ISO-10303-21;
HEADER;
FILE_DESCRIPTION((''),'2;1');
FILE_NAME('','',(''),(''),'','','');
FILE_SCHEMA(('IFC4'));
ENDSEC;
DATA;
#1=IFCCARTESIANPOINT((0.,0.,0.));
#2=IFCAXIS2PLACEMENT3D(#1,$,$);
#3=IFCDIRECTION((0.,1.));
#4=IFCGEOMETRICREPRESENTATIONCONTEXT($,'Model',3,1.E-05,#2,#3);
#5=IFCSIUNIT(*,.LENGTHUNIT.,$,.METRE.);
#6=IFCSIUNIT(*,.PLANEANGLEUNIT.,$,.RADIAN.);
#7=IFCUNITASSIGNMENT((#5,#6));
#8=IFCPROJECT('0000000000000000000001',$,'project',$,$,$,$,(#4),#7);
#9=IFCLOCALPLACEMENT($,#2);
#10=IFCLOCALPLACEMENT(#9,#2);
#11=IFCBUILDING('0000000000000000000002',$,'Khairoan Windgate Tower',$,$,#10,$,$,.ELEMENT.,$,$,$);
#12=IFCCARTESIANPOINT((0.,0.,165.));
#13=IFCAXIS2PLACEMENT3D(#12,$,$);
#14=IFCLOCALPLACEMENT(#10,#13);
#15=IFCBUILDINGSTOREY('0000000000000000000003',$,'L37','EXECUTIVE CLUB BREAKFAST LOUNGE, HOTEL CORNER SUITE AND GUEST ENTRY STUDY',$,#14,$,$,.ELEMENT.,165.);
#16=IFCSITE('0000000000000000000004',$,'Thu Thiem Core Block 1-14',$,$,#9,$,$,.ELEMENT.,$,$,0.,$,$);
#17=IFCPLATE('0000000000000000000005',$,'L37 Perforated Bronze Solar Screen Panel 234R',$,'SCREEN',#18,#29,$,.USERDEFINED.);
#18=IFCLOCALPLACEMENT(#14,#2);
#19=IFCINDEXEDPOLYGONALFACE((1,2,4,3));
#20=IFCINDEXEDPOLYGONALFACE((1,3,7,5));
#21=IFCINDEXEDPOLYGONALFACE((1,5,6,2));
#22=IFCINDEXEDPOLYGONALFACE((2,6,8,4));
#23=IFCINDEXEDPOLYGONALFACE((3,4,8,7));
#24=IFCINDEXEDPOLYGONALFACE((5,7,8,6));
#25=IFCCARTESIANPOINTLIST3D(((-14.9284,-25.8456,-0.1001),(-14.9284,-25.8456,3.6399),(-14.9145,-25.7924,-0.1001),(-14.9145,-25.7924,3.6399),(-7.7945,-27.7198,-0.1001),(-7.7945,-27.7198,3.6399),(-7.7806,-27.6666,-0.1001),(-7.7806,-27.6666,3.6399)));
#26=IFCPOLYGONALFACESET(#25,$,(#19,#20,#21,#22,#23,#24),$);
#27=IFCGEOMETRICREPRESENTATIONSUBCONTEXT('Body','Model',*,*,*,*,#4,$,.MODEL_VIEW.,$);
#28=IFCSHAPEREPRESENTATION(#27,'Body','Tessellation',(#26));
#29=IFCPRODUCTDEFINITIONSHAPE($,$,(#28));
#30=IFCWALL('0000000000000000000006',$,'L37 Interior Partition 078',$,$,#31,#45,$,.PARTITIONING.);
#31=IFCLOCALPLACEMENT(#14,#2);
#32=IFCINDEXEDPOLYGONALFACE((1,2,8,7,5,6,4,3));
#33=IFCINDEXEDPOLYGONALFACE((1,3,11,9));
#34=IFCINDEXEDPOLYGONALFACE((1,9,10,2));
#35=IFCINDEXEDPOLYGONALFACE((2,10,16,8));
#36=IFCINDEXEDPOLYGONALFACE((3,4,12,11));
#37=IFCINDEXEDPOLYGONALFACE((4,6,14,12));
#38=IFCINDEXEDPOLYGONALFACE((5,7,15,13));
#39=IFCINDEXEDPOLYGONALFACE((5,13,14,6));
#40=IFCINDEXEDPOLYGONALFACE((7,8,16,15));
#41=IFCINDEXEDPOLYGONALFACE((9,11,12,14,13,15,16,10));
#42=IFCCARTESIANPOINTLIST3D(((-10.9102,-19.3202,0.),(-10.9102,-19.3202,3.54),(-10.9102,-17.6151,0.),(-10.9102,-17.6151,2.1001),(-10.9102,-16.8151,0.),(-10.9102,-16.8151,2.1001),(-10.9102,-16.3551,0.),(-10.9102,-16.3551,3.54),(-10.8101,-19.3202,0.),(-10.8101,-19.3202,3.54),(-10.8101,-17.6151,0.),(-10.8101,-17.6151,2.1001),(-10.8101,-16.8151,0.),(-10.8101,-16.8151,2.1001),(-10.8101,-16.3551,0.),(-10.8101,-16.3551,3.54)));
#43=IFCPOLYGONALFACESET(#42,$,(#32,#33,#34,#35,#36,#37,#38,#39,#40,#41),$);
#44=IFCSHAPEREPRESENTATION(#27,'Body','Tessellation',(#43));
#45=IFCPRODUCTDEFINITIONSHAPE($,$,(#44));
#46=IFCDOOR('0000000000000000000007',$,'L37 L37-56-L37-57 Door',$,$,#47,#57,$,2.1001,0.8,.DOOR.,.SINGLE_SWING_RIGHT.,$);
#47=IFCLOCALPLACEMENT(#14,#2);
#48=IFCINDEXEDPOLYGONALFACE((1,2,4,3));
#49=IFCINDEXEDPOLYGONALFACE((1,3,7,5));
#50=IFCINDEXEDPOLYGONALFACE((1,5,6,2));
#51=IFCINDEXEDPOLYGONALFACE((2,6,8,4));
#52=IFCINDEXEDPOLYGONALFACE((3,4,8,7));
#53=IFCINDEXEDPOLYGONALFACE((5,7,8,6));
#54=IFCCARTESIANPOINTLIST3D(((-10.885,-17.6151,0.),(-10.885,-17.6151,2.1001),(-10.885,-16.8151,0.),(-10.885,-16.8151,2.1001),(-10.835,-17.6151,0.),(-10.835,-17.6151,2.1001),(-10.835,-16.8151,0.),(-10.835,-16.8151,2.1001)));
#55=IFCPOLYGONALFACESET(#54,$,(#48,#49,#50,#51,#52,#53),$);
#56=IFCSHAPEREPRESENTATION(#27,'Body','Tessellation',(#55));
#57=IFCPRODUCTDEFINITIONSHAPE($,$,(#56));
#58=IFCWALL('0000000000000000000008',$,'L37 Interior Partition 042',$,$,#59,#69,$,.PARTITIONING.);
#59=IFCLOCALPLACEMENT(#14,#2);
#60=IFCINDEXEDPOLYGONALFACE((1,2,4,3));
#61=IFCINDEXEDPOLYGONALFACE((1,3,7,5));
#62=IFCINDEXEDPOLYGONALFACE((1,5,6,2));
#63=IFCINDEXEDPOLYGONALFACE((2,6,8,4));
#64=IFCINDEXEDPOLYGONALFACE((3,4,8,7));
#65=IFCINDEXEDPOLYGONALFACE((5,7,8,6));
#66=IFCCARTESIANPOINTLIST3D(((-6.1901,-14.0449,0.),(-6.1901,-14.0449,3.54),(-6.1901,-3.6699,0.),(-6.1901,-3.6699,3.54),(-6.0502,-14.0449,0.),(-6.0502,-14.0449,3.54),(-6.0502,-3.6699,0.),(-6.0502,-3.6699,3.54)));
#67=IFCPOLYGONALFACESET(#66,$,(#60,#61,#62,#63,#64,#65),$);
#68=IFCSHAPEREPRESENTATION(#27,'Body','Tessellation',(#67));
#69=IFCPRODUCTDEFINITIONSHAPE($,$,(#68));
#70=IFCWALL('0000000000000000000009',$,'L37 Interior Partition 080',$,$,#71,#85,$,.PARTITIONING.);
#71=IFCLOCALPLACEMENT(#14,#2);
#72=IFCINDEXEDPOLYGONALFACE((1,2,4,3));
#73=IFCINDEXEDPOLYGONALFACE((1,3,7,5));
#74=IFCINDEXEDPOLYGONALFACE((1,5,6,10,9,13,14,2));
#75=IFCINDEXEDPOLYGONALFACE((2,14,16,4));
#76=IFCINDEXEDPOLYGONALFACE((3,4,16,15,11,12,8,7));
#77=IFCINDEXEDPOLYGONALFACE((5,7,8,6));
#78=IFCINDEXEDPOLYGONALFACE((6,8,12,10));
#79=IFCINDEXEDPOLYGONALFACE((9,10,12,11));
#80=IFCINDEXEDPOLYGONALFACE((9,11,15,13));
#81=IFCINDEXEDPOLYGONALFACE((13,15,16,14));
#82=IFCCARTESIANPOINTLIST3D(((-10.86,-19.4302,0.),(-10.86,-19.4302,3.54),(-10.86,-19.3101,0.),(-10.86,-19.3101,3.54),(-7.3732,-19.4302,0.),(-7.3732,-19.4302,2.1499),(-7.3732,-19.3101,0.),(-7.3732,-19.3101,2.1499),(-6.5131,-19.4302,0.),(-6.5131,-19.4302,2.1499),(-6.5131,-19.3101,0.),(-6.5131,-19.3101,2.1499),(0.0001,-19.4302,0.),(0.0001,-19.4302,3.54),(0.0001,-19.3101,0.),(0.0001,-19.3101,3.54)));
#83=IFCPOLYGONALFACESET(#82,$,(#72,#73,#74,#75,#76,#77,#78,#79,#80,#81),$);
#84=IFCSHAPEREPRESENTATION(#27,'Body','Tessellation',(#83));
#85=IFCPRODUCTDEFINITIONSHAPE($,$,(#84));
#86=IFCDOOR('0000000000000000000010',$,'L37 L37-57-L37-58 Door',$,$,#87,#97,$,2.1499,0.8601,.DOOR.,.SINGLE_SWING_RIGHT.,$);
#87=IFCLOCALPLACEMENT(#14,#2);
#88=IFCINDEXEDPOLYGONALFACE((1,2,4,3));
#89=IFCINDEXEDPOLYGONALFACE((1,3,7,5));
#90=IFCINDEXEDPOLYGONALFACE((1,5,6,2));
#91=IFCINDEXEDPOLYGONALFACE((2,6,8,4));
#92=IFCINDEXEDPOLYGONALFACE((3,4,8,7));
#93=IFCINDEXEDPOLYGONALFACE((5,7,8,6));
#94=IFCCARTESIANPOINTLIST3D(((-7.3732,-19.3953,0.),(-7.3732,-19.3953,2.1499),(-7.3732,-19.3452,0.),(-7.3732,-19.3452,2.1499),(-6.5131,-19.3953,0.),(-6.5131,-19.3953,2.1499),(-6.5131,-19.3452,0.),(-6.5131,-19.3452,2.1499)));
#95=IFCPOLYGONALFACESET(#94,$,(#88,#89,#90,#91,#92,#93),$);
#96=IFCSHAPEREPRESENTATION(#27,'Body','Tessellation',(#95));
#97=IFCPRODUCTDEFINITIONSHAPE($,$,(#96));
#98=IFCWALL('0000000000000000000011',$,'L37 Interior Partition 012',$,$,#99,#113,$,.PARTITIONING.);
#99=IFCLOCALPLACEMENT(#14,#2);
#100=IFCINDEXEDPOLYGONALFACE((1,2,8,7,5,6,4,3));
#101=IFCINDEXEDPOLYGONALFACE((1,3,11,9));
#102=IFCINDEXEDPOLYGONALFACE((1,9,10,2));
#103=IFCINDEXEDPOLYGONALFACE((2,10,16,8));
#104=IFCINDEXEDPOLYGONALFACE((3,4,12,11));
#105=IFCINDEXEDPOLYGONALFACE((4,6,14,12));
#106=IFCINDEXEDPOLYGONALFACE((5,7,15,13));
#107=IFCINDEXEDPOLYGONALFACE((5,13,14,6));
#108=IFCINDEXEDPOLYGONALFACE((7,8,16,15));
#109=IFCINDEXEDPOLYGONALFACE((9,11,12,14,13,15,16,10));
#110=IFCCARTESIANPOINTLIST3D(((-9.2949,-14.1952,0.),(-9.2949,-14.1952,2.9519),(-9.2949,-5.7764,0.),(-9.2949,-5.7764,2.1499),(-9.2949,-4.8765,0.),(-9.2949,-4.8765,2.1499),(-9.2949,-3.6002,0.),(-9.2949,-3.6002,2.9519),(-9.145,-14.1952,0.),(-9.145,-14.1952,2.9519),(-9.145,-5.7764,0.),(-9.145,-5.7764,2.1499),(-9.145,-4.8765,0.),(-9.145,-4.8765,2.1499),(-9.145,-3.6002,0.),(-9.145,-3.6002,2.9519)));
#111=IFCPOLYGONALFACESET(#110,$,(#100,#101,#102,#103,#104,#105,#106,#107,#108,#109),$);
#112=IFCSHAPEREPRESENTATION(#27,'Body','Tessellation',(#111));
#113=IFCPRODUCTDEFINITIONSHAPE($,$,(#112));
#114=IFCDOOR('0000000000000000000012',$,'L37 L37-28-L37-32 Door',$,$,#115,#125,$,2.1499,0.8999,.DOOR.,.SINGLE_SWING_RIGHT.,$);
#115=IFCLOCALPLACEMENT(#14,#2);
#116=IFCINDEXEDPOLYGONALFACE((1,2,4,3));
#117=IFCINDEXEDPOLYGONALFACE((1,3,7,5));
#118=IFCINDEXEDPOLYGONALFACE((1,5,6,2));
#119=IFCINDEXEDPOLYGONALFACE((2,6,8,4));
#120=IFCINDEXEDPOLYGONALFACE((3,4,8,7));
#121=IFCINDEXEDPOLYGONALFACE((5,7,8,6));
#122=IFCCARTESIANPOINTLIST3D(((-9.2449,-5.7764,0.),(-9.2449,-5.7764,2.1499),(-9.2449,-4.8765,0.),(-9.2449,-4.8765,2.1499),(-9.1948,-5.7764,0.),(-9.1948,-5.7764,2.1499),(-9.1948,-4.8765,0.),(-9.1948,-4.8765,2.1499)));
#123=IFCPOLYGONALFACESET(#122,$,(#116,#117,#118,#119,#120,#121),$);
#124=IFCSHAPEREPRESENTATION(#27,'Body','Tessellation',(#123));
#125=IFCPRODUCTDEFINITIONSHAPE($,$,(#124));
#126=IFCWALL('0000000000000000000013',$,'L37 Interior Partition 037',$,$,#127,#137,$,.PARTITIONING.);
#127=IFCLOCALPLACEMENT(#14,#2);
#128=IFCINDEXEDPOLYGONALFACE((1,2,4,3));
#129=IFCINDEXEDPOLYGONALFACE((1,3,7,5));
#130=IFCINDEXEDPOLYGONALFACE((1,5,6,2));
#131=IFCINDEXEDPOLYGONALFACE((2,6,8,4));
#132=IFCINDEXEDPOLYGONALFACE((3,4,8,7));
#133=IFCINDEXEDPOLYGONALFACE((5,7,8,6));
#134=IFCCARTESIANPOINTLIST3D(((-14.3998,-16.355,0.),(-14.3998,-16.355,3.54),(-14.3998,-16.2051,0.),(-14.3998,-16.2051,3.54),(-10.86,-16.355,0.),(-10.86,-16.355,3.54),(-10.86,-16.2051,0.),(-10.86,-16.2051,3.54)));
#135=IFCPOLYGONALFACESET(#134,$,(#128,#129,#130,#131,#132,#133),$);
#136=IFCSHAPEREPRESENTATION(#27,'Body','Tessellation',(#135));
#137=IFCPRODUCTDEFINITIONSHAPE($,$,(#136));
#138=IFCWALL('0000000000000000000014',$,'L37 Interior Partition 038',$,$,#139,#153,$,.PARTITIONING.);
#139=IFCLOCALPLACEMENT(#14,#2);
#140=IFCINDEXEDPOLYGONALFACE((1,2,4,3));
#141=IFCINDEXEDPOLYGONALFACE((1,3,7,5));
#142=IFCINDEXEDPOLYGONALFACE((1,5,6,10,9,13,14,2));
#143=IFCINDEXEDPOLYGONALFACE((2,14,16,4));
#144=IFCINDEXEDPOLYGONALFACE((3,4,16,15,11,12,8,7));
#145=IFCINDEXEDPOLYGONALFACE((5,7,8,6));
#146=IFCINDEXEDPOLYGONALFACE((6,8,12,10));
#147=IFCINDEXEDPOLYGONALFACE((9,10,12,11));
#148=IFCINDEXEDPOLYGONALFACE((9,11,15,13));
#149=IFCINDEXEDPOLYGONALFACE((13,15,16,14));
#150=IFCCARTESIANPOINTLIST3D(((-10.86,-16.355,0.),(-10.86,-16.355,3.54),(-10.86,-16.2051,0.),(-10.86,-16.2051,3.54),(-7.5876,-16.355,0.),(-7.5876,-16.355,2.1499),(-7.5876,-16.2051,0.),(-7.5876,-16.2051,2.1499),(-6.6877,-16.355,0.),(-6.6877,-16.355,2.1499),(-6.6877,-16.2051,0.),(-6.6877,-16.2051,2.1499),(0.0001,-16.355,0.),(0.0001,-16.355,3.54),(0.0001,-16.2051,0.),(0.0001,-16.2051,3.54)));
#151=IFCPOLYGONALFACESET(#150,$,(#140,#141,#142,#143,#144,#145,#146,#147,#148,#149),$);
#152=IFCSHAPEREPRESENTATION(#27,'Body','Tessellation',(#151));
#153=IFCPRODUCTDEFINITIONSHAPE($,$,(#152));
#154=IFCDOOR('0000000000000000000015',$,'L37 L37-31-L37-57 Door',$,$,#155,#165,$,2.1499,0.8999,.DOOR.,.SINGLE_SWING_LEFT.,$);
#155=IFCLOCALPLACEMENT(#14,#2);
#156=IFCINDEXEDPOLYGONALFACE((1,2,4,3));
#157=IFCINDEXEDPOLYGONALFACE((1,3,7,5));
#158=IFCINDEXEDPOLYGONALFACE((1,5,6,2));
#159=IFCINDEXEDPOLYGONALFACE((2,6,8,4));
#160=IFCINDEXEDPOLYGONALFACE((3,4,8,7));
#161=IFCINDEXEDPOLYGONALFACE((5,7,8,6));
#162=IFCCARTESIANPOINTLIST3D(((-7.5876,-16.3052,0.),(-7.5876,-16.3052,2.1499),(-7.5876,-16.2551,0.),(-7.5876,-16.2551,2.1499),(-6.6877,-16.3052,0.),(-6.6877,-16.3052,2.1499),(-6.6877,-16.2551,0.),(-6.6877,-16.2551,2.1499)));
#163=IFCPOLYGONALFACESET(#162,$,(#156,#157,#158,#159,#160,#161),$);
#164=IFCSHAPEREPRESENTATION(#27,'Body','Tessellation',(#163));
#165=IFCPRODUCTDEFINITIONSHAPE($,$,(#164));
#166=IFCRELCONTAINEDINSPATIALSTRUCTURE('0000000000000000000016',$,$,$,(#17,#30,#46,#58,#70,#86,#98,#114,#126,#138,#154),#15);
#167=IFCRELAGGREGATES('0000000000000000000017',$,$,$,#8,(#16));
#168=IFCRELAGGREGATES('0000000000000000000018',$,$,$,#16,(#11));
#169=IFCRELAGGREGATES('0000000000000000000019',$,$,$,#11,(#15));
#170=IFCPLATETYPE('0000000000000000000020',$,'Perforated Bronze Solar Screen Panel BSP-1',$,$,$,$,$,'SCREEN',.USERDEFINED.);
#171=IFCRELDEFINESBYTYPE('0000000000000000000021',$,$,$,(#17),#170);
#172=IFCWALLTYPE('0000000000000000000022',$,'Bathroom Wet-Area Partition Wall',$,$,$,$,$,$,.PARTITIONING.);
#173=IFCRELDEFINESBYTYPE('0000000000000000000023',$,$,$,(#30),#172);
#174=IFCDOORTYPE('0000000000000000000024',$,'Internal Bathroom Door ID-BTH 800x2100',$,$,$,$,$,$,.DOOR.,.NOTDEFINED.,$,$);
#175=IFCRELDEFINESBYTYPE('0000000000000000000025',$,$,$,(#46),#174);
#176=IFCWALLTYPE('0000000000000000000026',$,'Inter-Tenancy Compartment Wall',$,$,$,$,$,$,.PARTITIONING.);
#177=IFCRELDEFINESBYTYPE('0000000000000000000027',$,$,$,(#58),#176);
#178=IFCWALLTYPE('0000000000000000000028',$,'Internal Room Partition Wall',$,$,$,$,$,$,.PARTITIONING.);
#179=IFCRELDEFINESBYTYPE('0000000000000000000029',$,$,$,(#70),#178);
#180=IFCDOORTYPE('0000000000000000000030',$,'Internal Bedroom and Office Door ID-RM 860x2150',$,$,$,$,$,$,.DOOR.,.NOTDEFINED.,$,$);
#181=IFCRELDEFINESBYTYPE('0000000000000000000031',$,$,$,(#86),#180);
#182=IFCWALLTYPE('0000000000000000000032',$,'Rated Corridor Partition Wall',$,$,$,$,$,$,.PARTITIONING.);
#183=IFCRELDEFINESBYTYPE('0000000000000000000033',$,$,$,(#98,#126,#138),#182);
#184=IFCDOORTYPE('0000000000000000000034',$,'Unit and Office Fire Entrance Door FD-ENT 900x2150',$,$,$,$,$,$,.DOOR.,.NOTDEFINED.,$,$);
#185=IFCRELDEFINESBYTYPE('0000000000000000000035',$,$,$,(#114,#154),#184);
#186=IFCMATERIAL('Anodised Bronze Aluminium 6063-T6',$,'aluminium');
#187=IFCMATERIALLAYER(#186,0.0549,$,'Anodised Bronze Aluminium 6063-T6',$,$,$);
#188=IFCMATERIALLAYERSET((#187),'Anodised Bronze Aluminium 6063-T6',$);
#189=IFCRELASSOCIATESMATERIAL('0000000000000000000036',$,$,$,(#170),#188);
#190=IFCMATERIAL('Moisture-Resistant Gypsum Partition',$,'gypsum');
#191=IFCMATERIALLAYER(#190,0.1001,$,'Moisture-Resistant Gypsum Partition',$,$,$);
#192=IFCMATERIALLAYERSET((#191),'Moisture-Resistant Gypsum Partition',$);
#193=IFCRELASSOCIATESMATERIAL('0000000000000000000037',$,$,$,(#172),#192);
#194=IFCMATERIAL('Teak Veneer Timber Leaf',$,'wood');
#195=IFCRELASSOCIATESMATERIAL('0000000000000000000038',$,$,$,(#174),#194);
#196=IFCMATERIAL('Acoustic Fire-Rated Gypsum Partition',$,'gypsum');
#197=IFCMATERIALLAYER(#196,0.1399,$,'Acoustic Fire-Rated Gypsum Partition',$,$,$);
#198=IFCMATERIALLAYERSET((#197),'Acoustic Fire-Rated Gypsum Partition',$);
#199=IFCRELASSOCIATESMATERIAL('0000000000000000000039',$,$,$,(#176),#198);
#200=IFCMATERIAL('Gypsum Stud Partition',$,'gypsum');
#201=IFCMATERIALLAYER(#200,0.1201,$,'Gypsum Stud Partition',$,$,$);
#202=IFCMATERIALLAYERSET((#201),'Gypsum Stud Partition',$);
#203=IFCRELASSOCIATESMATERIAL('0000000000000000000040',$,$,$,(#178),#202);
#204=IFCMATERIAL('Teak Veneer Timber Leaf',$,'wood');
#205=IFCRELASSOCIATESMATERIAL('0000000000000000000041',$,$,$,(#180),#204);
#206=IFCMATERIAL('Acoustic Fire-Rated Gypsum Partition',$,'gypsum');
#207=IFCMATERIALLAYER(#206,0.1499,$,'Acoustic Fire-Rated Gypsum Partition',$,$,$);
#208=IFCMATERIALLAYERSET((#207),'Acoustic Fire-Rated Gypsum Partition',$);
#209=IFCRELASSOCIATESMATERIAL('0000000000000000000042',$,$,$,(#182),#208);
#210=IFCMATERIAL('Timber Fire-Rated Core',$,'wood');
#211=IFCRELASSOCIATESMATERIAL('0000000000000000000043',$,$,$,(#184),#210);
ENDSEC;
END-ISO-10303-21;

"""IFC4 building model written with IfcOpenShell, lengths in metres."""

from ifc_helpers import new_model, si_unit, direction, frame, frame_2d, origin, origin_2d, place, context, subcontext, project, spatial, rectangle, extrude, material, layer, layer_set, type_object, element, fill, save


model = new_model("IFC4")

# Units and contexts
model_context = context("Model", 3, precision=1e-05, world=origin(), true_north=direction((0.0, 1.0)))
body_context = subcontext(model_context, "Body", "Model", "MODEL_VIEW")
ifc_project = project(units=[si_unit("LENGTHUNIT", "METRE"), si_unit("PLANEANGLEUNIT", "RADIAN")], contexts=[model_context])

# Site, building, storey
site_placement = place(None, origin())
site = spatial("IfcSite", under=ifc_project, at=site_placement, Name="Thu Thiem Core Block 1-14", CompositionType="ELEMENT", RefElevation=0.0)
building_placement = place(site_placement, origin())
building = spatial("IfcBuilding", under=site, at=building_placement, Name="Khairoan Windgate Tower", CompositionType="ELEMENT")
storey_placement = place(building_placement, frame((0.0, 0.0, 165.0)))
storey = spatial("IfcBuildingStorey", under=building, at=storey_placement, Name="L37", Description="EXECUTIVE CLUB BREAKFAST LOUNGE, HOTEL CORNER SUITE AND GUEST ENTRY STUDY", CompositionType="ELEMENT", Elevation=165.0)

# Plate
ifc_material_1 = material(Name="Anodised Bronze Aluminium 6063-T6", Category="aluminium")
ifc_layer_1 = layer(ifc_material_1, 0.0549, Name="Anodised Bronze Aluminium 6063-T6")
ifc_layer_set_1 = layer_set([ifc_layer_1], Name="Anodised Bronze Aluminium 6063-T6")
plate_type = type_object("IfcPlateType", Name="Perforated Bronze Solar Screen Panel BSP-1", ElementType="SCREEN", PredefinedType="USERDEFINED", material=ifc_layer_set_1)
plate_placement = place(storey_placement, frame((-11.3545, -26.7561, -0.1001), z_axis=(0.0, 0.0, 1.0), x_axis=(-0.967179, 0.254096, 0.0)))
element("IfcPlate", 1, at=plate_placement, inside=storey, type_object=plate_type, Name="L37 Perforated Bronze Solar Screen Panel 234R", ObjectType="SCREEN", PredefinedType="USERDEFINED", context=body_context, shape_type="SweptSolid", body=[
    extrude(rectangle(XDim=7.376, YDim=0.0549, at=origin_2d()), origin(), (0.0, 0.0, 1.0), 3.74),
])

# Wall, opening, door
ifc_material_2 = material(Name="Moisture-Resistant Gypsum Partition", Category="gypsum")
ifc_layer_2 = layer(ifc_material_2, 0.1001, Name="Moisture-Resistant Gypsum Partition")
ifc_layer_set_2 = layer_set([ifc_layer_2], Name="Moisture-Resistant Gypsum Partition")
wall_type_1 = type_object("IfcWallType", Name="Bathroom Wet-Area Partition Wall", PredefinedType="PARTITIONING", material=ifc_layer_set_2)
wall_1_placement = place(storey_placement, frame((-10.8601, -19.3201, 0.0), z_axis=(0.0, 0.0, 1.0), x_axis=(0.0, 1.0, 0.0)))
wall_1 = element("IfcWall", 2, at=wall_1_placement, inside=storey, type_object=wall_type_1, Name="L37 Interior Partition 078", PredefinedType="PARTITIONING", context=body_context, shape_type="SweptSolid", body=[
    extrude(rectangle(XDim=2.9651, YDim=0.1001, at=frame_2d((1.4824, 0.0))), origin(), (0.0, 0.0, 1.0), 3.54),
])
opening_1_placement = place(wall_1_placement, frame((1.7051, 0.0, 0.0)))
opening_1 = element("IfcOpeningElement", 3, at=opening_1_placement, cuts=wall_1, PredefinedType="OPENING", context=body_context, shape_type="SweptSolid", body=[
    extrude(rectangle(XDim=0.8, YDim=2.1001, at=frame_2d((0.3999, 1.05))), frame((0.0, 0.0601, 0.0), z_axis=(0.0, -1.0, 0.0), x_axis=(1.0, 0.0, 0.0)), (0.0, 0.0, 1.0), 0.1201),
])
ifc_material_3 = material(Name="Teak Veneer Timber Leaf", Category="wood")
door_type_1 = type_object("IfcDoorType", Name="Internal Bathroom Door ID-BTH 800x2100", OperationType="NOTDEFINED", PredefinedType="DOOR", material=ifc_material_3)
door_1_placement = place(opening_1_placement, origin())
door_1 = element("IfcDoor", 4, at=door_1_placement, inside=storey, type_object=door_type_1, Name="L37 L37-56-L37-57 Door", OperationType="SINGLE_SWING_RIGHT", OverallHeight=2.1001, OverallWidth=0.8, PredefinedType="DOOR", context=body_context, shape_type="SweptSolid", body=[
    extrude(rectangle(XDim=0.8, YDim=2.1001, at=frame_2d((0.3999, 1.05))), frame((0.0, 0.0249, 0.0), z_axis=(0.0, -1.0, 0.0), x_axis=(1.0, 0.0, 0.0)), (0.0, 0.0, 1.0), 0.05),
])
fill(opening_1, door_1)

# Wall
ifc_material_4 = material(Name="Acoustic Fire-Rated Gypsum Partition", Category="gypsum")
ifc_layer_3 = layer(ifc_material_4, 0.1399, Name="Acoustic Fire-Rated Gypsum Partition")
ifc_layer_set_3 = layer_set([ifc_layer_3], Name="Acoustic Fire-Rated Gypsum Partition")
wall_type_2 = type_object("IfcWallType", Name="Inter-Tenancy Compartment Wall", PredefinedType="PARTITIONING", material=ifc_layer_set_3)
wall_2_placement = place(storey_placement, frame((-6.1201, -14.0449, 0.0), z_axis=(0.0, 0.0, 1.0), x_axis=(0.0, 1.0, 0.0)))
element("IfcWall", 5, at=wall_2_placement, inside=storey, type_object=wall_type_2, Name="L37 Interior Partition 042", PredefinedType="PARTITIONING", context=body_context, shape_type="SweptSolid", body=[
    extrude(rectangle(XDim=10.375, YDim=0.1399, at=frame_2d((5.1875, 0.0))), origin(), (0.0, 0.0, 1.0), 3.54),
])

# Walls, openings, doors
ifc_material_5 = material(Name="Gypsum Stud Partition", Category="gypsum")
ifc_layer_4 = layer(ifc_material_5, 0.1201, Name="Gypsum Stud Partition")
ifc_layer_set_4 = layer_set([ifc_layer_4], Name="Gypsum Stud Partition")
wall_type_3 = type_object("IfcWallType", Name="Internal Room Partition Wall", PredefinedType="PARTITIONING", material=ifc_layer_set_4)
wall_3_placement = place(storey_placement, frame((-10.8601, -19.3701, 0.0), z_axis=(0.0, 0.0, 1.0), x_axis=(1.0, 0.0, 0.0)))
wall_3 = element("IfcWall", 6, at=wall_3_placement, inside=storey, type_object=wall_type_3, Name="L37 Interior Partition 080", PredefinedType="PARTITIONING", context=body_context, shape_type="SweptSolid", body=[
    extrude(rectangle(XDim=10.8601, YDim=0.1201, at=frame_2d((5.4302, 0.0))), origin(), (0.0, 0.0, 1.0), 3.54),
])
opening_2_placement = place(wall_3_placement, frame((3.4868, 0.0, 0.0)))
opening_2 = element("IfcOpeningElement", 7, at=opening_2_placement, cuts=wall_3, PredefinedType="OPENING", context=body_context, shape_type="SweptSolid", body=[
    extrude(rectangle(XDim=0.8601, YDim=2.1499, at=frame_2d((0.4302, 1.075))), frame((0.0, 0.0701, 0.0), z_axis=(0.0, -1.0, 0.0), x_axis=(1.0, 0.0, 0.0)), (0.0, 0.0, 1.0), 0.1401),
])
ifc_material_6 = material(Name="Teak Veneer Timber Leaf", Category="wood")
door_type_2 = type_object("IfcDoorType", Name="Internal Bedroom and Office Door ID-RM 860x2150", OperationType="NOTDEFINED", PredefinedType="DOOR", material=ifc_material_6)
door_2_placement = place(opening_2_placement, origin())
door_2 = element("IfcDoor", 8, at=door_2_placement, inside=storey, type_object=door_type_2, Name="L37 L37-57-L37-58 Door", OperationType="SINGLE_SWING_RIGHT", OverallHeight=2.1499, OverallWidth=0.8601, PredefinedType="DOOR", context=body_context, shape_type="SweptSolid", body=[
    extrude(rectangle(XDim=0.8601, YDim=2.1499, at=frame_2d((0.4302, 1.075))), frame((0.0, 0.0249, 0.0), z_axis=(0.0, -1.0, 0.0), x_axis=(1.0, 0.0, 0.0)), (0.0, 0.0, 1.0), 0.05),
])
fill(opening_2, door_2)
ifc_material_7 = material(Name="Acoustic Fire-Rated Gypsum Partition", Category="gypsum")
ifc_layer_5 = layer(ifc_material_7, 0.1499, Name="Acoustic Fire-Rated Gypsum Partition")
ifc_layer_set_5 = layer_set([ifc_layer_5], Name="Acoustic Fire-Rated Gypsum Partition")
wall_type_4 = type_object("IfcWallType", Name="Rated Corridor Partition Wall", PredefinedType="PARTITIONING", material=ifc_layer_set_5)
wall_4_placement = place(storey_placement, frame((-9.22, -14.1951, 0.0), z_axis=(0.0, 0.0, 1.0), x_axis=(0.0, 1.0, 0.0)))
wall_4 = element("IfcWall", 9, at=wall_4_placement, inside=storey, type_object=wall_type_4, Name="L37 Interior Partition 012", PredefinedType="PARTITIONING", context=body_context, shape_type="SweptSolid", body=[
    extrude(rectangle(XDim=10.595, YDim=0.1499, at=frame_2d((5.2974, 0.0))), origin(), (0.0, 0.0, 1.0), 2.9519),
])
opening_3_placement = place(wall_4_placement, frame((8.4187, 0.0, 0.0)))
opening_3 = element("IfcOpeningElement", 10, at=opening_3_placement, cuts=wall_4, PredefinedType="OPENING", context=body_context, shape_type="SweptSolid", body=[
    extrude(rectangle(XDim=0.8999, YDim=2.1499, at=frame_2d((0.45, 1.075))), frame((0.0, 0.085, 0.0), z_axis=(0.0, -1.0, 0.0), x_axis=(1.0, 0.0, 0.0)), (0.0, 0.0, 1.0), 0.1699),
])
ifc_material_8 = material(Name="Timber Fire-Rated Core", Category="wood")
door_type_3 = type_object("IfcDoorType", Name="Unit and Office Fire Entrance Door FD-ENT 900x2150", OperationType="NOTDEFINED", PredefinedType="DOOR", material=ifc_material_8)
door_3_placement = place(opening_3_placement, origin())
door_3 = element("IfcDoor", 11, at=door_3_placement, inside=storey, type_object=door_type_3, Name="L37 L37-28-L37-32 Door", OperationType="SINGLE_SWING_RIGHT", OverallHeight=2.1499, OverallWidth=0.8999, PredefinedType="DOOR", context=body_context, shape_type="SweptSolid", body=[
    extrude(rectangle(XDim=0.8999, YDim=2.1499, at=frame_2d((0.45, 1.075))), frame((0.0, 0.0249, 0.0), z_axis=(0.0, -1.0, 0.0), x_axis=(1.0, 0.0, 0.0)), (0.0, 0.0, 1.0), 0.05),
])
fill(opening_3, door_3)

# Wall
wall_5_placement = place(storey_placement, frame((-14.3999, -16.28, 0.0), z_axis=(0.0, 0.0, 1.0), x_axis=(1.0, 0.0, 0.0)))
element("IfcWall", 12, at=wall_5_placement, inside=storey, type_object=wall_type_4, Name="L37 Interior Partition 037", PredefinedType="PARTITIONING", context=body_context, shape_type="SweptSolid", body=[
    extrude(rectangle(XDim=3.5398, YDim=0.1499, at=frame_2d((1.77, 0.0))), origin(), (0.0, 0.0, 1.0), 3.54),
])

# Wall, opening, door
wall_6_placement = place(storey_placement, frame((-10.8601, -16.28, 0.0), z_axis=(0.0, 0.0, 1.0), x_axis=(1.0, 0.0, 0.0)))
wall_6 = element("IfcWall", 13, at=wall_6_placement, inside=storey, type_object=wall_type_4, Name="L37 Interior Partition 038", PredefinedType="PARTITIONING", context=body_context, shape_type="SweptSolid", body=[
    extrude(rectangle(XDim=10.8601, YDim=0.1499, at=frame_2d((5.4302, 0.0))), origin(), (0.0, 0.0, 1.0), 3.54),
])
opening_4_placement = place(wall_6_placement, frame((3.2725, 0.0, 0.0)))
opening_4 = element("IfcOpeningElement", 14, at=opening_4_placement, cuts=wall_6, PredefinedType="OPENING", context=body_context, shape_type="SweptSolid", body=[
    extrude(rectangle(XDim=0.8999, YDim=2.1499, at=frame_2d((0.45, 1.075))), frame((0.0, 0.085, 0.0), z_axis=(0.0, -1.0, 0.0), x_axis=(1.0, 0.0, 0.0)), (0.0, 0.0, 1.0), 0.1699),
])
door_4_placement = place(opening_4_placement, origin())
door_4 = element("IfcDoor", 15, at=door_4_placement, inside=storey, type_object=door_type_3, Name="L37 L37-31-L37-57 Door", OperationType="SINGLE_SWING_LEFT", OverallHeight=2.1499, OverallWidth=0.8999, PredefinedType="DOOR", context=body_context, shape_type="SweptSolid", body=[
    extrude(rectangle(XDim=0.8999, YDim=2.1499, at=frame_2d((0.45, 1.075))), frame((0.0, 0.0249, 0.0), z_axis=(0.0, -1.0, 0.0), x_axis=(1.0, 0.0, 0.0)), (0.0, 0.0, 1.0), 0.05),
])
fill(opening_4, door_4)

save(model, "model.ifc")
